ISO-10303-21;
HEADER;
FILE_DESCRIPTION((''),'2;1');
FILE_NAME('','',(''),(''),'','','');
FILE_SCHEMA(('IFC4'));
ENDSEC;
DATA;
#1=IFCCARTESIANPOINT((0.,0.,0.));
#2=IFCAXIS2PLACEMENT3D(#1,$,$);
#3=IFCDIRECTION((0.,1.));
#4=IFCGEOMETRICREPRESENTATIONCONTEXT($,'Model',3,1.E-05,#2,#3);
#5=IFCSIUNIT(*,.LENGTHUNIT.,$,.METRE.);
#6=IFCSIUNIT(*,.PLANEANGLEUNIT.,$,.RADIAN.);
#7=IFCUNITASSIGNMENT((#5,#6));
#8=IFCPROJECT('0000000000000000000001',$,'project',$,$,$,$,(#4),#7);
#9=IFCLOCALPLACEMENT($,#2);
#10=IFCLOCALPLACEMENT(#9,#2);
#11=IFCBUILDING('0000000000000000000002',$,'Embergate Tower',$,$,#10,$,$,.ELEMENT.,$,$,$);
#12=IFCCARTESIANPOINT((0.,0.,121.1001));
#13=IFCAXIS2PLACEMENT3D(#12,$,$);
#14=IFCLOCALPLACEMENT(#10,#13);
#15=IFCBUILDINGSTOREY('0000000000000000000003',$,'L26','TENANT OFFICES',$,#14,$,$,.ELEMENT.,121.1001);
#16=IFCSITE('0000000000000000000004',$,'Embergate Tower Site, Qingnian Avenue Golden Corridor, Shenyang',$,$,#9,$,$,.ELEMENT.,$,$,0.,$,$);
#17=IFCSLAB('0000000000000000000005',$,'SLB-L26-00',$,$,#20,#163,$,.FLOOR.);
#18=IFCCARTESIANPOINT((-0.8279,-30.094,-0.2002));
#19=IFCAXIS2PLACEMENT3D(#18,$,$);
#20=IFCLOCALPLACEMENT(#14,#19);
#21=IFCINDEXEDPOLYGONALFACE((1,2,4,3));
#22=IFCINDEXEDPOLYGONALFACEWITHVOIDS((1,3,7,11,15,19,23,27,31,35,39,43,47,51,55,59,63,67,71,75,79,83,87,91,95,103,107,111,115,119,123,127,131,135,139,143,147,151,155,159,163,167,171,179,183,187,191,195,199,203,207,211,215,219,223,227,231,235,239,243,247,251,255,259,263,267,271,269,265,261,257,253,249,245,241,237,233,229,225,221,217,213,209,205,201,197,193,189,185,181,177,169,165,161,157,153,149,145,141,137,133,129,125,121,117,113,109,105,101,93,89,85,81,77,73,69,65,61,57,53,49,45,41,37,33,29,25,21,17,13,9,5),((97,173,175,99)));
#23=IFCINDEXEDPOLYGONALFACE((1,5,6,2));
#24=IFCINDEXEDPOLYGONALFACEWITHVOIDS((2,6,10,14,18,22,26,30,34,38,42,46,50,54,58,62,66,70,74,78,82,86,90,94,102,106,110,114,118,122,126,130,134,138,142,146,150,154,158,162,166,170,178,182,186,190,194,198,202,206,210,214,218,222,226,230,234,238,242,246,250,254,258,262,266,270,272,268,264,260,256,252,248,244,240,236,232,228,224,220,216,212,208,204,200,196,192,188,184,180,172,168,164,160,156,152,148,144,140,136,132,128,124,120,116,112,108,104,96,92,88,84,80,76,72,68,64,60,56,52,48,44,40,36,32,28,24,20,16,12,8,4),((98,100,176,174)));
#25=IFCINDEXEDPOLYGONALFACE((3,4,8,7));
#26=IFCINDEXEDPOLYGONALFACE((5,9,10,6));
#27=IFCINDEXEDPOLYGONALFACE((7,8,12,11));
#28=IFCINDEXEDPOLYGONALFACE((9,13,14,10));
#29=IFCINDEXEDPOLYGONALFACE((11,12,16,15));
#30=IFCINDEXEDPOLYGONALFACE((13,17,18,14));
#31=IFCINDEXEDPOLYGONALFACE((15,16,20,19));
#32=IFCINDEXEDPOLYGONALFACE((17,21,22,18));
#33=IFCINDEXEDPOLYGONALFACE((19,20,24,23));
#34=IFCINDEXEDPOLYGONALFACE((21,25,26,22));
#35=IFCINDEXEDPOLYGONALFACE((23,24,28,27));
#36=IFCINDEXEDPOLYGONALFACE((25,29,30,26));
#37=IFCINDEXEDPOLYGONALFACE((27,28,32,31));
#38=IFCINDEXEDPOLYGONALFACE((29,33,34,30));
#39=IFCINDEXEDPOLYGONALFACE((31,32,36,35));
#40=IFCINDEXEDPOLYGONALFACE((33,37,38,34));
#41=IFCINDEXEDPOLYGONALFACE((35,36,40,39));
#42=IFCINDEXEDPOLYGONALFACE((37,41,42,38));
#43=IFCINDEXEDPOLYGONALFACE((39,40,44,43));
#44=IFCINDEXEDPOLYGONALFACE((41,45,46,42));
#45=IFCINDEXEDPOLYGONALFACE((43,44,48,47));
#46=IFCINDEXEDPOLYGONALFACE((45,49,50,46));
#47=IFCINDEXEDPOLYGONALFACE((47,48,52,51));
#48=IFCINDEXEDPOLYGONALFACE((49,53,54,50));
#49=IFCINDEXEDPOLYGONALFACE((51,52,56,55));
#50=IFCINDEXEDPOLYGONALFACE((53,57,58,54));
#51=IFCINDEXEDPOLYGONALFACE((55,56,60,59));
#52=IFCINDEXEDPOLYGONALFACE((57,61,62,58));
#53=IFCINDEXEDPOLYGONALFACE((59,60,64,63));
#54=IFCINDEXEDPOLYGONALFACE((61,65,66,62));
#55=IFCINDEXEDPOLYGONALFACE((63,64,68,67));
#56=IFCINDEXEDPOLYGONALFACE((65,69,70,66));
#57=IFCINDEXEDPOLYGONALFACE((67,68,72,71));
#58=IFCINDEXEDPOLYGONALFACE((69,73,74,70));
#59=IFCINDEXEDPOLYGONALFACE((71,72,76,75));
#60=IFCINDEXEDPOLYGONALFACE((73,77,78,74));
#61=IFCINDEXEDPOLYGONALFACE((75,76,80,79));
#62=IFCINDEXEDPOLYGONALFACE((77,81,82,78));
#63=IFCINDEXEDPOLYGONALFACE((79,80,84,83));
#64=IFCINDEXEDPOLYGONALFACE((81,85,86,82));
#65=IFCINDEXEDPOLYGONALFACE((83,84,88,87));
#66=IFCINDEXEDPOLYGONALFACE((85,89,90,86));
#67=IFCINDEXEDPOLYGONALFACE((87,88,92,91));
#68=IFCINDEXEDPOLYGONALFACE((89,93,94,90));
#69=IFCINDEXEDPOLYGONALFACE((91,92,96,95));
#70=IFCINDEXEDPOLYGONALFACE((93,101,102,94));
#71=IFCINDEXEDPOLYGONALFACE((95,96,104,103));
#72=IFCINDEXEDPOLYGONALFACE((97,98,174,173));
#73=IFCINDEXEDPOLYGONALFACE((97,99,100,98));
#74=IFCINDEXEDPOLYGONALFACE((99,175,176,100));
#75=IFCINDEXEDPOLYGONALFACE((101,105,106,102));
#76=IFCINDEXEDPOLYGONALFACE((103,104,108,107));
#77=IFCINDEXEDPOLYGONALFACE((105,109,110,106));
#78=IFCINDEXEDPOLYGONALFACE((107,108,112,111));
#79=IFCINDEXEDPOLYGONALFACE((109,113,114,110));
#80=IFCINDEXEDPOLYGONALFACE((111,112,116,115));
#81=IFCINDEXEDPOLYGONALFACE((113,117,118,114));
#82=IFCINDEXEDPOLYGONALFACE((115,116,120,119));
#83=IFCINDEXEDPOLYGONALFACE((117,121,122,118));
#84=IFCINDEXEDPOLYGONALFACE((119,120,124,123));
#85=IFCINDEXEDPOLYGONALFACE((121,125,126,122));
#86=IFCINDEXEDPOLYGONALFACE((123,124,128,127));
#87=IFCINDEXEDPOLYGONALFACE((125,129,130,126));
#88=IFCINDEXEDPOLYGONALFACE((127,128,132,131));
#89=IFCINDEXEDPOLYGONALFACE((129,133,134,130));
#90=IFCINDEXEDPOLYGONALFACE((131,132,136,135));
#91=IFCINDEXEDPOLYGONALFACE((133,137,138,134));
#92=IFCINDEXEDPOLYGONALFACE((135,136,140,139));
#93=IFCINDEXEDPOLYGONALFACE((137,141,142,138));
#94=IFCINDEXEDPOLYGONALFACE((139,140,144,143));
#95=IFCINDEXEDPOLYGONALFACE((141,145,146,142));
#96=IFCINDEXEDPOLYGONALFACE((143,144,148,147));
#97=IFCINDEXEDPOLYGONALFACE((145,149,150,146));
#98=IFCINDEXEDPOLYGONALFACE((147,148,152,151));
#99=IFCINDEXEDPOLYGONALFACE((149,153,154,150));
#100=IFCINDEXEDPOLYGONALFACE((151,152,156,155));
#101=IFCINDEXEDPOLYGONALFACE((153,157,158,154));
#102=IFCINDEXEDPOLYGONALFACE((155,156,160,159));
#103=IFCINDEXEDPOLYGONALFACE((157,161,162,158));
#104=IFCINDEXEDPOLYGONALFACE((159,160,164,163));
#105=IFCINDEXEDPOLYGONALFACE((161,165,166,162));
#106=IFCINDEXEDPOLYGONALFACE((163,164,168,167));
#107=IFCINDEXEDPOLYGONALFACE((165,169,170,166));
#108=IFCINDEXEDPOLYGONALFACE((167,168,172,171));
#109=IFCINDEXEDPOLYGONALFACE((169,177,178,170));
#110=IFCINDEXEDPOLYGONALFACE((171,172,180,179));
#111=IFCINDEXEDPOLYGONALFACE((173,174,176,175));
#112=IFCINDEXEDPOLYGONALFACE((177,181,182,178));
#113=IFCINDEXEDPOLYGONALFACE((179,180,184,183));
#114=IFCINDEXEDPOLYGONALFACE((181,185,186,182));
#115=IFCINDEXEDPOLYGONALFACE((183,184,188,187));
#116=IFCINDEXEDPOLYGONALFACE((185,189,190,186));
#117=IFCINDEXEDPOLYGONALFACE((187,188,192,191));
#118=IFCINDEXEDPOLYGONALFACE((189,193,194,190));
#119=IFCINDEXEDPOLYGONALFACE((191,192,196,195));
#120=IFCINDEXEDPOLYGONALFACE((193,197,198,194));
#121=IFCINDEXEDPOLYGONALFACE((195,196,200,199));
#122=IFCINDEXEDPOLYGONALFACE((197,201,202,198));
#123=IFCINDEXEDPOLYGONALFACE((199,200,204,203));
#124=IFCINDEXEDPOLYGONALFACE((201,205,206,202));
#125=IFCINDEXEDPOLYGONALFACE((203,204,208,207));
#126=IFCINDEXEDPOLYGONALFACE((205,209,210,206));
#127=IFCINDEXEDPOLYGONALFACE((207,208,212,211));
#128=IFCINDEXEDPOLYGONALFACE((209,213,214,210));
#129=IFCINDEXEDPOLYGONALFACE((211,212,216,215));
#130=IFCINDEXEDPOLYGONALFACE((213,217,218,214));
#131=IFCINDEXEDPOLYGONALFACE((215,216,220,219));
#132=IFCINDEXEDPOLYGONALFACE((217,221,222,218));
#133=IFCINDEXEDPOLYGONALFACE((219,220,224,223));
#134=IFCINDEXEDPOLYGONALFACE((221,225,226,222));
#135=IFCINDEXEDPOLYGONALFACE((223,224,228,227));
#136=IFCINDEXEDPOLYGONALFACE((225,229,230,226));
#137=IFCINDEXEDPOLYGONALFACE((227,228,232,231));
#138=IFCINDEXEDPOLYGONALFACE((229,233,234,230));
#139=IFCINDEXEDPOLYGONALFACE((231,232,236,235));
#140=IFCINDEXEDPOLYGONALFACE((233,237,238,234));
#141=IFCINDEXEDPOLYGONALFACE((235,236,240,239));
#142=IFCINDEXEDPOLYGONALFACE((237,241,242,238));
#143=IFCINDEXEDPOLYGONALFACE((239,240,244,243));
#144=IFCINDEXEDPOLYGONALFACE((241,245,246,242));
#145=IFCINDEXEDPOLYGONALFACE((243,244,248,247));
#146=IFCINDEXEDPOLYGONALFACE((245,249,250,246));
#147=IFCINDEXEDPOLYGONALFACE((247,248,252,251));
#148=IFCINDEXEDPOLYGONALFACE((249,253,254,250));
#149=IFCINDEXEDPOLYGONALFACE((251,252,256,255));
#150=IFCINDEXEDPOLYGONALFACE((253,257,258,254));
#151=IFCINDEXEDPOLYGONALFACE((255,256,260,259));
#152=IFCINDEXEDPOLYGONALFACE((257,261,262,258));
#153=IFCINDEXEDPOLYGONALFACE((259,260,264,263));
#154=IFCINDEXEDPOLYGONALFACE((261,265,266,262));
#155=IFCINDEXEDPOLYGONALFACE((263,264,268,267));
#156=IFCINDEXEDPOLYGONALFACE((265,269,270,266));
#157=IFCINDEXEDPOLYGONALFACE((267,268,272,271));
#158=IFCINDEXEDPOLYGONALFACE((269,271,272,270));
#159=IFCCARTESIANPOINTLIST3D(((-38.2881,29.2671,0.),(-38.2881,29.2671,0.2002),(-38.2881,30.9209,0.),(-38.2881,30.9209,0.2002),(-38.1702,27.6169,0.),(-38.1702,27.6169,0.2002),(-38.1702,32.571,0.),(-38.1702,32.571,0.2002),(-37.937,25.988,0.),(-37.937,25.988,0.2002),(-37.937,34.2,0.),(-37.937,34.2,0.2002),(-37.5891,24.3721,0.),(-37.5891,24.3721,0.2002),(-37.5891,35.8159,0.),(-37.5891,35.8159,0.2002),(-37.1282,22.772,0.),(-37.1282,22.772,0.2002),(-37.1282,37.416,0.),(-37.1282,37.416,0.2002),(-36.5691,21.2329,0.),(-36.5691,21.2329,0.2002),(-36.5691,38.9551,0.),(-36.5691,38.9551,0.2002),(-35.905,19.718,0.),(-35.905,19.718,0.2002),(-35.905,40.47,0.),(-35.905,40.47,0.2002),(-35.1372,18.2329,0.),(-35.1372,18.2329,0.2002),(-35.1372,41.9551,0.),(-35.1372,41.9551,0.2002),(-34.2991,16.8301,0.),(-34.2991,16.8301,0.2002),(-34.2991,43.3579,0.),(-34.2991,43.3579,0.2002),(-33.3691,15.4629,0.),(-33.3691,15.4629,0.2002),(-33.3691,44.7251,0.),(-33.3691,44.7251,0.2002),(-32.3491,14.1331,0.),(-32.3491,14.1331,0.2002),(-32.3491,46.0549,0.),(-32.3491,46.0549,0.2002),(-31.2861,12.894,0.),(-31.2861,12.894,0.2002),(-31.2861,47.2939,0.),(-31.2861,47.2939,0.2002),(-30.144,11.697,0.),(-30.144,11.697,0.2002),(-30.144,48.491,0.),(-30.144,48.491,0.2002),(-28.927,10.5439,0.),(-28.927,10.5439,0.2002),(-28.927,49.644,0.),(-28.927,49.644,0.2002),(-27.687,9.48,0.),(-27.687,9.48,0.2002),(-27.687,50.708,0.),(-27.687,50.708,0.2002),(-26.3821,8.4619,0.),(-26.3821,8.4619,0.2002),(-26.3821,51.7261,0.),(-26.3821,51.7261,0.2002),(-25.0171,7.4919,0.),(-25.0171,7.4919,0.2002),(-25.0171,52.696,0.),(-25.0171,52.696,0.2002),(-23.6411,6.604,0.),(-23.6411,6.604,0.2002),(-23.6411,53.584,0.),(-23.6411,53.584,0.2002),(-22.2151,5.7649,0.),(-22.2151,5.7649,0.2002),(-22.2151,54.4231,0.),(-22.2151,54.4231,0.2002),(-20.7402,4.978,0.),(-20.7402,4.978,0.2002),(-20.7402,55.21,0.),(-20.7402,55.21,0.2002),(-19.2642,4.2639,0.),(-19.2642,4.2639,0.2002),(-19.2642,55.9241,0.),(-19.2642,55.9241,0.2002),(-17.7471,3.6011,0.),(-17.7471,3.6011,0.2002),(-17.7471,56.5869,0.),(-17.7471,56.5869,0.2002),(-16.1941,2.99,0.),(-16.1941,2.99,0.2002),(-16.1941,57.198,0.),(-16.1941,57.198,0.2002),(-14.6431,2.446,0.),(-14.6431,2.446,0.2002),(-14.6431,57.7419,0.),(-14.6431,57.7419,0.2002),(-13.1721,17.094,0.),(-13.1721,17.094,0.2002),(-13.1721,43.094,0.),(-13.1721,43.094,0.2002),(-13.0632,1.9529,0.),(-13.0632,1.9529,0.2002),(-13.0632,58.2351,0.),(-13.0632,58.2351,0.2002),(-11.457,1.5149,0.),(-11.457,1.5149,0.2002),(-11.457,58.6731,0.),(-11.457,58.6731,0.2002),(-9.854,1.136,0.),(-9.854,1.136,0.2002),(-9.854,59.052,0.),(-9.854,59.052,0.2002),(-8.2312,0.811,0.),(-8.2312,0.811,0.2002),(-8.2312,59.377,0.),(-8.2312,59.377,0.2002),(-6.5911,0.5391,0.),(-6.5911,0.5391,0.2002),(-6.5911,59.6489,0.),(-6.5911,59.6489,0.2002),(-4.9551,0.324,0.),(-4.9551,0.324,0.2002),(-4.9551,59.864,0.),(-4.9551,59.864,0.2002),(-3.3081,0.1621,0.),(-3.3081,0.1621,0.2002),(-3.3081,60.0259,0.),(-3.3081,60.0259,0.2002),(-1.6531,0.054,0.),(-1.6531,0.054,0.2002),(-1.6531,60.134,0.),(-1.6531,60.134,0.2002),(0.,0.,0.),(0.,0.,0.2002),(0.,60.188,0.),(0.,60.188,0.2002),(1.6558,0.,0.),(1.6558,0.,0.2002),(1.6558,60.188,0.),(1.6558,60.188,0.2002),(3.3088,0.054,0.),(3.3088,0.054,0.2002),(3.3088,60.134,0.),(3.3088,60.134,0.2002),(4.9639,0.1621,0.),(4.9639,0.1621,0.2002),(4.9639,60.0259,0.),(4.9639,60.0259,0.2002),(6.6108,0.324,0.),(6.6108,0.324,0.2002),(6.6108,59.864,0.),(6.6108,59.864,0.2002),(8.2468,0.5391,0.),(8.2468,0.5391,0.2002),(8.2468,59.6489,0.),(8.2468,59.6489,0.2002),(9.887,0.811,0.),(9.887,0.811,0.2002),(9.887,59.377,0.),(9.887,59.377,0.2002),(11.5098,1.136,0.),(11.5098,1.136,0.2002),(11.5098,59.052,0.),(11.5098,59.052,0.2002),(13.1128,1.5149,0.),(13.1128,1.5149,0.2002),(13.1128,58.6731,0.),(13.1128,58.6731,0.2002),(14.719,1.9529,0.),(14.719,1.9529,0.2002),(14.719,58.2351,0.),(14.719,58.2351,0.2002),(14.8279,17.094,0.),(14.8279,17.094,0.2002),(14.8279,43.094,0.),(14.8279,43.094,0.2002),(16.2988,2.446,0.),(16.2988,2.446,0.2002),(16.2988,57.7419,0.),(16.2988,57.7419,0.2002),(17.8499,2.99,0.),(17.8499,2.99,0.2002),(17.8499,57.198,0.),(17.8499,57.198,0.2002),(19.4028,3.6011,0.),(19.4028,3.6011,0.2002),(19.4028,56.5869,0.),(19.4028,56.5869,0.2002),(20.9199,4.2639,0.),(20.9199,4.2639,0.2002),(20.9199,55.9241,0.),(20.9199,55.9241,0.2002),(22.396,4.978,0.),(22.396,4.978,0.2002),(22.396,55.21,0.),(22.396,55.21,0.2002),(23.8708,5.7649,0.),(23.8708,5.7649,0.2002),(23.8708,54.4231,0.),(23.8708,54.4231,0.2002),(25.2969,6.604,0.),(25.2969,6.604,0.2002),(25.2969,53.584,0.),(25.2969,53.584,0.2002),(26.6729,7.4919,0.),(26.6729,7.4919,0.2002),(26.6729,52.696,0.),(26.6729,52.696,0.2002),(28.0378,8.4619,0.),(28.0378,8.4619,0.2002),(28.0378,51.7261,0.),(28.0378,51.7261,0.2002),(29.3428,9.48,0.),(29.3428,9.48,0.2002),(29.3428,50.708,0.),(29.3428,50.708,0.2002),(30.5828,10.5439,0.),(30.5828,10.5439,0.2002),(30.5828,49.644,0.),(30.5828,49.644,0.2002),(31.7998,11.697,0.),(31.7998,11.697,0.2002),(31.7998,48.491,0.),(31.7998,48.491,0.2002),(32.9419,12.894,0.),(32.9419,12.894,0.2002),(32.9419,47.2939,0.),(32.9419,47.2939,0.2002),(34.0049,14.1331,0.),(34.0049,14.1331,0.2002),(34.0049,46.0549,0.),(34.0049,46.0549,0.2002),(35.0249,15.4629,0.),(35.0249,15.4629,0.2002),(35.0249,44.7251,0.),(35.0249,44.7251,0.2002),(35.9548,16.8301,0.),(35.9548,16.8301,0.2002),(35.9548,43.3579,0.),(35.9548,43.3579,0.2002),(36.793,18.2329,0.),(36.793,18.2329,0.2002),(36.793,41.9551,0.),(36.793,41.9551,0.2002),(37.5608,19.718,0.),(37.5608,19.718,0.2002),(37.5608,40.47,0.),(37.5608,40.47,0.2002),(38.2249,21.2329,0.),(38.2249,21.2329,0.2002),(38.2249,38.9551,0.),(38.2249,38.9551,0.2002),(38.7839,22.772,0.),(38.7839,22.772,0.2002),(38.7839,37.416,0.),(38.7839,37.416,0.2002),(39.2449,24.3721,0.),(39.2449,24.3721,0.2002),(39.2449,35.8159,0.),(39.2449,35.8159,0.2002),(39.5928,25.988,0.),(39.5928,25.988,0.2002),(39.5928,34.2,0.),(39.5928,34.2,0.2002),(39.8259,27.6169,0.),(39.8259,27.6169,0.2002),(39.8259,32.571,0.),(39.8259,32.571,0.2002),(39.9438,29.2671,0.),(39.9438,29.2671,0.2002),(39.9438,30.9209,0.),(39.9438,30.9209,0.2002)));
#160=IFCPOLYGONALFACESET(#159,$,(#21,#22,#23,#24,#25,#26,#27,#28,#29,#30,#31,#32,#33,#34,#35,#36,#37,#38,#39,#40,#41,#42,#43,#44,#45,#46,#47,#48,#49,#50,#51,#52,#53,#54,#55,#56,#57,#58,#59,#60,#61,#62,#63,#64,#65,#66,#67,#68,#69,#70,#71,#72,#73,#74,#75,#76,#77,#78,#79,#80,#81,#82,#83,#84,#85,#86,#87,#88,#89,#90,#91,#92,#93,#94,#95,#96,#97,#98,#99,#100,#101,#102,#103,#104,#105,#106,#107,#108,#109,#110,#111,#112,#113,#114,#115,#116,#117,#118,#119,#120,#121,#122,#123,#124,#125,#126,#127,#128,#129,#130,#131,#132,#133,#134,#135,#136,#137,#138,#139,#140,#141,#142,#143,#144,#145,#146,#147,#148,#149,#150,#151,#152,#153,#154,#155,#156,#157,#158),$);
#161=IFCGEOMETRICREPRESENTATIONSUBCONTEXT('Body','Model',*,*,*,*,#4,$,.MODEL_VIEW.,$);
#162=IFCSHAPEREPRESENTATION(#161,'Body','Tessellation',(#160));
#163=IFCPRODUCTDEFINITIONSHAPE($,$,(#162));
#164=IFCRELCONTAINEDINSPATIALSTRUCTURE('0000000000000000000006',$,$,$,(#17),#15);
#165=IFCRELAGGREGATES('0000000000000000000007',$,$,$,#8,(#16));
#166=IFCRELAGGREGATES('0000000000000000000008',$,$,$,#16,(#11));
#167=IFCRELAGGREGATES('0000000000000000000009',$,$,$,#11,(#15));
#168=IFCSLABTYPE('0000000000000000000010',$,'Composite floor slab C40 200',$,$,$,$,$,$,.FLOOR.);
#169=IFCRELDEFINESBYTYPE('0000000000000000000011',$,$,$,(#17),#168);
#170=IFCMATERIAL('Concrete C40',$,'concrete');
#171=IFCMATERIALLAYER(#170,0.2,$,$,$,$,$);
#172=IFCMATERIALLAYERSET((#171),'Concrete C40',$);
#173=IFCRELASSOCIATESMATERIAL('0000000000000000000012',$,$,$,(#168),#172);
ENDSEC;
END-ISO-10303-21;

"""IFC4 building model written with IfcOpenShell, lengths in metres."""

from ifc_helpers import new_model, si_unit, direction, frame, origin, place, context, subcontext, project, spatial, polyline, outline, extrude, source, transform, mapped, material, layer, layer_set, type_object, element, save


model = new_model("IFC4")

# Units and contexts
model_context = context("Model", 3, precision=1e-05, world=origin(), true_north=direction((0.0, 1.0)))
body_context = subcontext(model_context, "Body", "Model", "MODEL_VIEW")
ifc_project = project(units=[si_unit("LENGTHUNIT", "METRE"), si_unit("PLANEANGLEUNIT", "RADIAN")], contexts=[model_context])

# Site, building, storey
site_placement = place(None, origin())
site = spatial("IfcSite", under=ifc_project, at=site_placement, Name="Embergate Tower Site, Qingnian Avenue Golden Corridor, Shenyang", CompositionType="ELEMENT", RefElevation=0.0)
building_placement = place(site_placement, origin())
building = spatial("IfcBuilding", under=site, at=building_placement, Name="Embergate Tower", CompositionType="ELEMENT")
storey_placement = place(building_placement, frame((0.0, 0.0, 121.1001)))
storey = spatial("IfcBuildingStorey", under=building, at=storey_placement, Name="L26", Description="TENANT OFFICES", CompositionType="ELEMENT", Elevation=121.1001)

# Slab
ifc_material_1 = material(Name="Concrete C40", Category="concrete")
ifc_layer_1 = layer(ifc_material_1, 0.2)
ifc_layer_set_1 = layer_set([ifc_layer_1], Name="Concrete C40")
slab_type = type_object("IfcSlabType", Name="Composite floor slab C40 200", PredefinedType="FLOOR", material=ifc_layer_set_1)
shared_shape_1 = source(origin(), body_context, "Body", "SweptSolid", [
    extrude(outline(polyline([(0.0, 0.0), (1.6558, 0.0), (3.3088, 0.054), (4.9639, 0.1621), (6.6108, 0.324), (8.2468, 0.5391), (9.887, 0.811), (11.5098, 1.136), (13.1128, 1.5149), (14.719, 1.9529), (16.2988, 2.446), (17.8499, 2.99), (19.4028, 3.6011), (20.9199, 4.2639), (22.396, 4.978), (23.8708, 5.7649), (25.2969, 6.604), (26.6729, 7.4919), (28.0378, 8.4619), (29.3428, 9.48), (30.5828, 10.5439), (31.7998, 11.697), (32.9419, 12.894), (34.0049, 14.1331), (35.0249, 15.4629), (35.9548, 16.8301), (36.793, 18.2329), (37.5608, 19.718), (38.2249, 21.2329), (38.7839, 22.772), (39.2449, 24.3721), (39.5928, 25.988), (39.8259, 27.6169), (39.9438, 29.2671), (39.9438, 30.9209), (39.8259, 32.571), (39.5928, 34.2), (39.2449, 35.8159), (38.7839, 37.416), (38.2249, 38.9551), (37.5608, 40.47), (36.793, 41.9551), (35.9548, 43.3579), (35.0249, 44.7251), (34.0049, 46.0549), (32.9419, 47.2939), (31.7998, 48.491), (30.5828, 49.644), (29.3428, 50.708), (28.0378, 51.7261), (26.6729, 52.696), (25.2969, 53.584), (23.8708, 54.4231), (22.396, 55.21), (20.9199, 55.9241), (19.4028, 56.5869), (17.8499, 57.198), (16.2988, 57.7419), (14.719, 58.2351), (13.1128, 58.6731), (11.5098, 59.052), (9.887, 59.377), (8.2468, 59.6489), (6.6108, 59.864), (4.9639, 60.0259), (3.3088, 60.134), (1.6558, 60.188), (0.0, 60.188), (-1.6531, 60.134), (-3.3081, 60.0259), (-4.9551, 59.864), (-6.5911, 59.6489), (-8.2312, 59.377), (-9.854, 59.052), (-11.457, 58.6731), (-13.0632, 58.2351), (-14.6431, 57.7419), (-16.1941, 57.198), (-17.7471, 56.5869), (-19.2642, 55.9241), (-20.7402, 55.21), (-22.2151, 54.4231), (-23.6411, 53.584), (-25.0171, 52.696), (-26.3821, 51.7261), (-27.687, 50.708), (-28.927, 49.644), (-30.144, 48.491), (-31.2861, 47.2939), (-32.3491, 46.0549), (-33.3691, 44.7251), (-34.2991, 43.3579), (-35.1372, 41.9551), (-35.905, 40.47), (-36.5691, 38.9551), (-37.1282, 37.416), (-37.5891, 35.8159), (-37.937, 34.2), (-38.1702, 32.571), (-38.2881, 30.9209), (-38.2881, 29.2671), (-38.1702, 27.6169), (-37.937, 25.988), (-37.5891, 24.3721), (-37.1282, 22.772), (-36.5691, 21.2329), (-35.905, 19.718), (-35.1372, 18.2329), (-34.2991, 16.8301), (-33.3691, 15.4629), (-32.3491, 14.1331), (-31.2861, 12.894), (-30.144, 11.697), (-28.927, 10.5439), (-27.687, 9.48), (-26.3821, 8.4619), (-25.0171, 7.4919), (-23.6411, 6.604), (-22.2151, 5.7649), (-20.7402, 4.978), (-19.2642, 4.2639), (-17.7471, 3.6011), (-16.1941, 2.99), (-14.6431, 2.446), (-13.0632, 1.9529), (-11.457, 1.5149), (-9.854, 1.136), (-8.2312, 0.811), (-6.5911, 0.5391), (-4.9551, 0.324), (-3.3081, 0.1621), (-1.6531, 0.054), (0.0, 0.0)]), holes=[polyline([(-13.1721, 17.094), (-13.1721, 43.094), (14.8279, 43.094), (14.8279, 17.094), (-13.1721, 17.094)])]), origin(), (0.0, 0.0, 1.0), 0.2002),
])
slab_placement = place(storey_placement, frame((-0.8279, -30.094, -0.2002)))
element("IfcSlab", 1, at=slab_placement, inside=storey, type_object=slab_type, Name="SLB-L26-00", PredefinedType="FLOOR", context=body_context, shape_type="MappedRepresentation", body=[
    mapped(shared_shape_1, transform((0.0, 0.0, 0.0))),
])

save(model, "model.ifc")
